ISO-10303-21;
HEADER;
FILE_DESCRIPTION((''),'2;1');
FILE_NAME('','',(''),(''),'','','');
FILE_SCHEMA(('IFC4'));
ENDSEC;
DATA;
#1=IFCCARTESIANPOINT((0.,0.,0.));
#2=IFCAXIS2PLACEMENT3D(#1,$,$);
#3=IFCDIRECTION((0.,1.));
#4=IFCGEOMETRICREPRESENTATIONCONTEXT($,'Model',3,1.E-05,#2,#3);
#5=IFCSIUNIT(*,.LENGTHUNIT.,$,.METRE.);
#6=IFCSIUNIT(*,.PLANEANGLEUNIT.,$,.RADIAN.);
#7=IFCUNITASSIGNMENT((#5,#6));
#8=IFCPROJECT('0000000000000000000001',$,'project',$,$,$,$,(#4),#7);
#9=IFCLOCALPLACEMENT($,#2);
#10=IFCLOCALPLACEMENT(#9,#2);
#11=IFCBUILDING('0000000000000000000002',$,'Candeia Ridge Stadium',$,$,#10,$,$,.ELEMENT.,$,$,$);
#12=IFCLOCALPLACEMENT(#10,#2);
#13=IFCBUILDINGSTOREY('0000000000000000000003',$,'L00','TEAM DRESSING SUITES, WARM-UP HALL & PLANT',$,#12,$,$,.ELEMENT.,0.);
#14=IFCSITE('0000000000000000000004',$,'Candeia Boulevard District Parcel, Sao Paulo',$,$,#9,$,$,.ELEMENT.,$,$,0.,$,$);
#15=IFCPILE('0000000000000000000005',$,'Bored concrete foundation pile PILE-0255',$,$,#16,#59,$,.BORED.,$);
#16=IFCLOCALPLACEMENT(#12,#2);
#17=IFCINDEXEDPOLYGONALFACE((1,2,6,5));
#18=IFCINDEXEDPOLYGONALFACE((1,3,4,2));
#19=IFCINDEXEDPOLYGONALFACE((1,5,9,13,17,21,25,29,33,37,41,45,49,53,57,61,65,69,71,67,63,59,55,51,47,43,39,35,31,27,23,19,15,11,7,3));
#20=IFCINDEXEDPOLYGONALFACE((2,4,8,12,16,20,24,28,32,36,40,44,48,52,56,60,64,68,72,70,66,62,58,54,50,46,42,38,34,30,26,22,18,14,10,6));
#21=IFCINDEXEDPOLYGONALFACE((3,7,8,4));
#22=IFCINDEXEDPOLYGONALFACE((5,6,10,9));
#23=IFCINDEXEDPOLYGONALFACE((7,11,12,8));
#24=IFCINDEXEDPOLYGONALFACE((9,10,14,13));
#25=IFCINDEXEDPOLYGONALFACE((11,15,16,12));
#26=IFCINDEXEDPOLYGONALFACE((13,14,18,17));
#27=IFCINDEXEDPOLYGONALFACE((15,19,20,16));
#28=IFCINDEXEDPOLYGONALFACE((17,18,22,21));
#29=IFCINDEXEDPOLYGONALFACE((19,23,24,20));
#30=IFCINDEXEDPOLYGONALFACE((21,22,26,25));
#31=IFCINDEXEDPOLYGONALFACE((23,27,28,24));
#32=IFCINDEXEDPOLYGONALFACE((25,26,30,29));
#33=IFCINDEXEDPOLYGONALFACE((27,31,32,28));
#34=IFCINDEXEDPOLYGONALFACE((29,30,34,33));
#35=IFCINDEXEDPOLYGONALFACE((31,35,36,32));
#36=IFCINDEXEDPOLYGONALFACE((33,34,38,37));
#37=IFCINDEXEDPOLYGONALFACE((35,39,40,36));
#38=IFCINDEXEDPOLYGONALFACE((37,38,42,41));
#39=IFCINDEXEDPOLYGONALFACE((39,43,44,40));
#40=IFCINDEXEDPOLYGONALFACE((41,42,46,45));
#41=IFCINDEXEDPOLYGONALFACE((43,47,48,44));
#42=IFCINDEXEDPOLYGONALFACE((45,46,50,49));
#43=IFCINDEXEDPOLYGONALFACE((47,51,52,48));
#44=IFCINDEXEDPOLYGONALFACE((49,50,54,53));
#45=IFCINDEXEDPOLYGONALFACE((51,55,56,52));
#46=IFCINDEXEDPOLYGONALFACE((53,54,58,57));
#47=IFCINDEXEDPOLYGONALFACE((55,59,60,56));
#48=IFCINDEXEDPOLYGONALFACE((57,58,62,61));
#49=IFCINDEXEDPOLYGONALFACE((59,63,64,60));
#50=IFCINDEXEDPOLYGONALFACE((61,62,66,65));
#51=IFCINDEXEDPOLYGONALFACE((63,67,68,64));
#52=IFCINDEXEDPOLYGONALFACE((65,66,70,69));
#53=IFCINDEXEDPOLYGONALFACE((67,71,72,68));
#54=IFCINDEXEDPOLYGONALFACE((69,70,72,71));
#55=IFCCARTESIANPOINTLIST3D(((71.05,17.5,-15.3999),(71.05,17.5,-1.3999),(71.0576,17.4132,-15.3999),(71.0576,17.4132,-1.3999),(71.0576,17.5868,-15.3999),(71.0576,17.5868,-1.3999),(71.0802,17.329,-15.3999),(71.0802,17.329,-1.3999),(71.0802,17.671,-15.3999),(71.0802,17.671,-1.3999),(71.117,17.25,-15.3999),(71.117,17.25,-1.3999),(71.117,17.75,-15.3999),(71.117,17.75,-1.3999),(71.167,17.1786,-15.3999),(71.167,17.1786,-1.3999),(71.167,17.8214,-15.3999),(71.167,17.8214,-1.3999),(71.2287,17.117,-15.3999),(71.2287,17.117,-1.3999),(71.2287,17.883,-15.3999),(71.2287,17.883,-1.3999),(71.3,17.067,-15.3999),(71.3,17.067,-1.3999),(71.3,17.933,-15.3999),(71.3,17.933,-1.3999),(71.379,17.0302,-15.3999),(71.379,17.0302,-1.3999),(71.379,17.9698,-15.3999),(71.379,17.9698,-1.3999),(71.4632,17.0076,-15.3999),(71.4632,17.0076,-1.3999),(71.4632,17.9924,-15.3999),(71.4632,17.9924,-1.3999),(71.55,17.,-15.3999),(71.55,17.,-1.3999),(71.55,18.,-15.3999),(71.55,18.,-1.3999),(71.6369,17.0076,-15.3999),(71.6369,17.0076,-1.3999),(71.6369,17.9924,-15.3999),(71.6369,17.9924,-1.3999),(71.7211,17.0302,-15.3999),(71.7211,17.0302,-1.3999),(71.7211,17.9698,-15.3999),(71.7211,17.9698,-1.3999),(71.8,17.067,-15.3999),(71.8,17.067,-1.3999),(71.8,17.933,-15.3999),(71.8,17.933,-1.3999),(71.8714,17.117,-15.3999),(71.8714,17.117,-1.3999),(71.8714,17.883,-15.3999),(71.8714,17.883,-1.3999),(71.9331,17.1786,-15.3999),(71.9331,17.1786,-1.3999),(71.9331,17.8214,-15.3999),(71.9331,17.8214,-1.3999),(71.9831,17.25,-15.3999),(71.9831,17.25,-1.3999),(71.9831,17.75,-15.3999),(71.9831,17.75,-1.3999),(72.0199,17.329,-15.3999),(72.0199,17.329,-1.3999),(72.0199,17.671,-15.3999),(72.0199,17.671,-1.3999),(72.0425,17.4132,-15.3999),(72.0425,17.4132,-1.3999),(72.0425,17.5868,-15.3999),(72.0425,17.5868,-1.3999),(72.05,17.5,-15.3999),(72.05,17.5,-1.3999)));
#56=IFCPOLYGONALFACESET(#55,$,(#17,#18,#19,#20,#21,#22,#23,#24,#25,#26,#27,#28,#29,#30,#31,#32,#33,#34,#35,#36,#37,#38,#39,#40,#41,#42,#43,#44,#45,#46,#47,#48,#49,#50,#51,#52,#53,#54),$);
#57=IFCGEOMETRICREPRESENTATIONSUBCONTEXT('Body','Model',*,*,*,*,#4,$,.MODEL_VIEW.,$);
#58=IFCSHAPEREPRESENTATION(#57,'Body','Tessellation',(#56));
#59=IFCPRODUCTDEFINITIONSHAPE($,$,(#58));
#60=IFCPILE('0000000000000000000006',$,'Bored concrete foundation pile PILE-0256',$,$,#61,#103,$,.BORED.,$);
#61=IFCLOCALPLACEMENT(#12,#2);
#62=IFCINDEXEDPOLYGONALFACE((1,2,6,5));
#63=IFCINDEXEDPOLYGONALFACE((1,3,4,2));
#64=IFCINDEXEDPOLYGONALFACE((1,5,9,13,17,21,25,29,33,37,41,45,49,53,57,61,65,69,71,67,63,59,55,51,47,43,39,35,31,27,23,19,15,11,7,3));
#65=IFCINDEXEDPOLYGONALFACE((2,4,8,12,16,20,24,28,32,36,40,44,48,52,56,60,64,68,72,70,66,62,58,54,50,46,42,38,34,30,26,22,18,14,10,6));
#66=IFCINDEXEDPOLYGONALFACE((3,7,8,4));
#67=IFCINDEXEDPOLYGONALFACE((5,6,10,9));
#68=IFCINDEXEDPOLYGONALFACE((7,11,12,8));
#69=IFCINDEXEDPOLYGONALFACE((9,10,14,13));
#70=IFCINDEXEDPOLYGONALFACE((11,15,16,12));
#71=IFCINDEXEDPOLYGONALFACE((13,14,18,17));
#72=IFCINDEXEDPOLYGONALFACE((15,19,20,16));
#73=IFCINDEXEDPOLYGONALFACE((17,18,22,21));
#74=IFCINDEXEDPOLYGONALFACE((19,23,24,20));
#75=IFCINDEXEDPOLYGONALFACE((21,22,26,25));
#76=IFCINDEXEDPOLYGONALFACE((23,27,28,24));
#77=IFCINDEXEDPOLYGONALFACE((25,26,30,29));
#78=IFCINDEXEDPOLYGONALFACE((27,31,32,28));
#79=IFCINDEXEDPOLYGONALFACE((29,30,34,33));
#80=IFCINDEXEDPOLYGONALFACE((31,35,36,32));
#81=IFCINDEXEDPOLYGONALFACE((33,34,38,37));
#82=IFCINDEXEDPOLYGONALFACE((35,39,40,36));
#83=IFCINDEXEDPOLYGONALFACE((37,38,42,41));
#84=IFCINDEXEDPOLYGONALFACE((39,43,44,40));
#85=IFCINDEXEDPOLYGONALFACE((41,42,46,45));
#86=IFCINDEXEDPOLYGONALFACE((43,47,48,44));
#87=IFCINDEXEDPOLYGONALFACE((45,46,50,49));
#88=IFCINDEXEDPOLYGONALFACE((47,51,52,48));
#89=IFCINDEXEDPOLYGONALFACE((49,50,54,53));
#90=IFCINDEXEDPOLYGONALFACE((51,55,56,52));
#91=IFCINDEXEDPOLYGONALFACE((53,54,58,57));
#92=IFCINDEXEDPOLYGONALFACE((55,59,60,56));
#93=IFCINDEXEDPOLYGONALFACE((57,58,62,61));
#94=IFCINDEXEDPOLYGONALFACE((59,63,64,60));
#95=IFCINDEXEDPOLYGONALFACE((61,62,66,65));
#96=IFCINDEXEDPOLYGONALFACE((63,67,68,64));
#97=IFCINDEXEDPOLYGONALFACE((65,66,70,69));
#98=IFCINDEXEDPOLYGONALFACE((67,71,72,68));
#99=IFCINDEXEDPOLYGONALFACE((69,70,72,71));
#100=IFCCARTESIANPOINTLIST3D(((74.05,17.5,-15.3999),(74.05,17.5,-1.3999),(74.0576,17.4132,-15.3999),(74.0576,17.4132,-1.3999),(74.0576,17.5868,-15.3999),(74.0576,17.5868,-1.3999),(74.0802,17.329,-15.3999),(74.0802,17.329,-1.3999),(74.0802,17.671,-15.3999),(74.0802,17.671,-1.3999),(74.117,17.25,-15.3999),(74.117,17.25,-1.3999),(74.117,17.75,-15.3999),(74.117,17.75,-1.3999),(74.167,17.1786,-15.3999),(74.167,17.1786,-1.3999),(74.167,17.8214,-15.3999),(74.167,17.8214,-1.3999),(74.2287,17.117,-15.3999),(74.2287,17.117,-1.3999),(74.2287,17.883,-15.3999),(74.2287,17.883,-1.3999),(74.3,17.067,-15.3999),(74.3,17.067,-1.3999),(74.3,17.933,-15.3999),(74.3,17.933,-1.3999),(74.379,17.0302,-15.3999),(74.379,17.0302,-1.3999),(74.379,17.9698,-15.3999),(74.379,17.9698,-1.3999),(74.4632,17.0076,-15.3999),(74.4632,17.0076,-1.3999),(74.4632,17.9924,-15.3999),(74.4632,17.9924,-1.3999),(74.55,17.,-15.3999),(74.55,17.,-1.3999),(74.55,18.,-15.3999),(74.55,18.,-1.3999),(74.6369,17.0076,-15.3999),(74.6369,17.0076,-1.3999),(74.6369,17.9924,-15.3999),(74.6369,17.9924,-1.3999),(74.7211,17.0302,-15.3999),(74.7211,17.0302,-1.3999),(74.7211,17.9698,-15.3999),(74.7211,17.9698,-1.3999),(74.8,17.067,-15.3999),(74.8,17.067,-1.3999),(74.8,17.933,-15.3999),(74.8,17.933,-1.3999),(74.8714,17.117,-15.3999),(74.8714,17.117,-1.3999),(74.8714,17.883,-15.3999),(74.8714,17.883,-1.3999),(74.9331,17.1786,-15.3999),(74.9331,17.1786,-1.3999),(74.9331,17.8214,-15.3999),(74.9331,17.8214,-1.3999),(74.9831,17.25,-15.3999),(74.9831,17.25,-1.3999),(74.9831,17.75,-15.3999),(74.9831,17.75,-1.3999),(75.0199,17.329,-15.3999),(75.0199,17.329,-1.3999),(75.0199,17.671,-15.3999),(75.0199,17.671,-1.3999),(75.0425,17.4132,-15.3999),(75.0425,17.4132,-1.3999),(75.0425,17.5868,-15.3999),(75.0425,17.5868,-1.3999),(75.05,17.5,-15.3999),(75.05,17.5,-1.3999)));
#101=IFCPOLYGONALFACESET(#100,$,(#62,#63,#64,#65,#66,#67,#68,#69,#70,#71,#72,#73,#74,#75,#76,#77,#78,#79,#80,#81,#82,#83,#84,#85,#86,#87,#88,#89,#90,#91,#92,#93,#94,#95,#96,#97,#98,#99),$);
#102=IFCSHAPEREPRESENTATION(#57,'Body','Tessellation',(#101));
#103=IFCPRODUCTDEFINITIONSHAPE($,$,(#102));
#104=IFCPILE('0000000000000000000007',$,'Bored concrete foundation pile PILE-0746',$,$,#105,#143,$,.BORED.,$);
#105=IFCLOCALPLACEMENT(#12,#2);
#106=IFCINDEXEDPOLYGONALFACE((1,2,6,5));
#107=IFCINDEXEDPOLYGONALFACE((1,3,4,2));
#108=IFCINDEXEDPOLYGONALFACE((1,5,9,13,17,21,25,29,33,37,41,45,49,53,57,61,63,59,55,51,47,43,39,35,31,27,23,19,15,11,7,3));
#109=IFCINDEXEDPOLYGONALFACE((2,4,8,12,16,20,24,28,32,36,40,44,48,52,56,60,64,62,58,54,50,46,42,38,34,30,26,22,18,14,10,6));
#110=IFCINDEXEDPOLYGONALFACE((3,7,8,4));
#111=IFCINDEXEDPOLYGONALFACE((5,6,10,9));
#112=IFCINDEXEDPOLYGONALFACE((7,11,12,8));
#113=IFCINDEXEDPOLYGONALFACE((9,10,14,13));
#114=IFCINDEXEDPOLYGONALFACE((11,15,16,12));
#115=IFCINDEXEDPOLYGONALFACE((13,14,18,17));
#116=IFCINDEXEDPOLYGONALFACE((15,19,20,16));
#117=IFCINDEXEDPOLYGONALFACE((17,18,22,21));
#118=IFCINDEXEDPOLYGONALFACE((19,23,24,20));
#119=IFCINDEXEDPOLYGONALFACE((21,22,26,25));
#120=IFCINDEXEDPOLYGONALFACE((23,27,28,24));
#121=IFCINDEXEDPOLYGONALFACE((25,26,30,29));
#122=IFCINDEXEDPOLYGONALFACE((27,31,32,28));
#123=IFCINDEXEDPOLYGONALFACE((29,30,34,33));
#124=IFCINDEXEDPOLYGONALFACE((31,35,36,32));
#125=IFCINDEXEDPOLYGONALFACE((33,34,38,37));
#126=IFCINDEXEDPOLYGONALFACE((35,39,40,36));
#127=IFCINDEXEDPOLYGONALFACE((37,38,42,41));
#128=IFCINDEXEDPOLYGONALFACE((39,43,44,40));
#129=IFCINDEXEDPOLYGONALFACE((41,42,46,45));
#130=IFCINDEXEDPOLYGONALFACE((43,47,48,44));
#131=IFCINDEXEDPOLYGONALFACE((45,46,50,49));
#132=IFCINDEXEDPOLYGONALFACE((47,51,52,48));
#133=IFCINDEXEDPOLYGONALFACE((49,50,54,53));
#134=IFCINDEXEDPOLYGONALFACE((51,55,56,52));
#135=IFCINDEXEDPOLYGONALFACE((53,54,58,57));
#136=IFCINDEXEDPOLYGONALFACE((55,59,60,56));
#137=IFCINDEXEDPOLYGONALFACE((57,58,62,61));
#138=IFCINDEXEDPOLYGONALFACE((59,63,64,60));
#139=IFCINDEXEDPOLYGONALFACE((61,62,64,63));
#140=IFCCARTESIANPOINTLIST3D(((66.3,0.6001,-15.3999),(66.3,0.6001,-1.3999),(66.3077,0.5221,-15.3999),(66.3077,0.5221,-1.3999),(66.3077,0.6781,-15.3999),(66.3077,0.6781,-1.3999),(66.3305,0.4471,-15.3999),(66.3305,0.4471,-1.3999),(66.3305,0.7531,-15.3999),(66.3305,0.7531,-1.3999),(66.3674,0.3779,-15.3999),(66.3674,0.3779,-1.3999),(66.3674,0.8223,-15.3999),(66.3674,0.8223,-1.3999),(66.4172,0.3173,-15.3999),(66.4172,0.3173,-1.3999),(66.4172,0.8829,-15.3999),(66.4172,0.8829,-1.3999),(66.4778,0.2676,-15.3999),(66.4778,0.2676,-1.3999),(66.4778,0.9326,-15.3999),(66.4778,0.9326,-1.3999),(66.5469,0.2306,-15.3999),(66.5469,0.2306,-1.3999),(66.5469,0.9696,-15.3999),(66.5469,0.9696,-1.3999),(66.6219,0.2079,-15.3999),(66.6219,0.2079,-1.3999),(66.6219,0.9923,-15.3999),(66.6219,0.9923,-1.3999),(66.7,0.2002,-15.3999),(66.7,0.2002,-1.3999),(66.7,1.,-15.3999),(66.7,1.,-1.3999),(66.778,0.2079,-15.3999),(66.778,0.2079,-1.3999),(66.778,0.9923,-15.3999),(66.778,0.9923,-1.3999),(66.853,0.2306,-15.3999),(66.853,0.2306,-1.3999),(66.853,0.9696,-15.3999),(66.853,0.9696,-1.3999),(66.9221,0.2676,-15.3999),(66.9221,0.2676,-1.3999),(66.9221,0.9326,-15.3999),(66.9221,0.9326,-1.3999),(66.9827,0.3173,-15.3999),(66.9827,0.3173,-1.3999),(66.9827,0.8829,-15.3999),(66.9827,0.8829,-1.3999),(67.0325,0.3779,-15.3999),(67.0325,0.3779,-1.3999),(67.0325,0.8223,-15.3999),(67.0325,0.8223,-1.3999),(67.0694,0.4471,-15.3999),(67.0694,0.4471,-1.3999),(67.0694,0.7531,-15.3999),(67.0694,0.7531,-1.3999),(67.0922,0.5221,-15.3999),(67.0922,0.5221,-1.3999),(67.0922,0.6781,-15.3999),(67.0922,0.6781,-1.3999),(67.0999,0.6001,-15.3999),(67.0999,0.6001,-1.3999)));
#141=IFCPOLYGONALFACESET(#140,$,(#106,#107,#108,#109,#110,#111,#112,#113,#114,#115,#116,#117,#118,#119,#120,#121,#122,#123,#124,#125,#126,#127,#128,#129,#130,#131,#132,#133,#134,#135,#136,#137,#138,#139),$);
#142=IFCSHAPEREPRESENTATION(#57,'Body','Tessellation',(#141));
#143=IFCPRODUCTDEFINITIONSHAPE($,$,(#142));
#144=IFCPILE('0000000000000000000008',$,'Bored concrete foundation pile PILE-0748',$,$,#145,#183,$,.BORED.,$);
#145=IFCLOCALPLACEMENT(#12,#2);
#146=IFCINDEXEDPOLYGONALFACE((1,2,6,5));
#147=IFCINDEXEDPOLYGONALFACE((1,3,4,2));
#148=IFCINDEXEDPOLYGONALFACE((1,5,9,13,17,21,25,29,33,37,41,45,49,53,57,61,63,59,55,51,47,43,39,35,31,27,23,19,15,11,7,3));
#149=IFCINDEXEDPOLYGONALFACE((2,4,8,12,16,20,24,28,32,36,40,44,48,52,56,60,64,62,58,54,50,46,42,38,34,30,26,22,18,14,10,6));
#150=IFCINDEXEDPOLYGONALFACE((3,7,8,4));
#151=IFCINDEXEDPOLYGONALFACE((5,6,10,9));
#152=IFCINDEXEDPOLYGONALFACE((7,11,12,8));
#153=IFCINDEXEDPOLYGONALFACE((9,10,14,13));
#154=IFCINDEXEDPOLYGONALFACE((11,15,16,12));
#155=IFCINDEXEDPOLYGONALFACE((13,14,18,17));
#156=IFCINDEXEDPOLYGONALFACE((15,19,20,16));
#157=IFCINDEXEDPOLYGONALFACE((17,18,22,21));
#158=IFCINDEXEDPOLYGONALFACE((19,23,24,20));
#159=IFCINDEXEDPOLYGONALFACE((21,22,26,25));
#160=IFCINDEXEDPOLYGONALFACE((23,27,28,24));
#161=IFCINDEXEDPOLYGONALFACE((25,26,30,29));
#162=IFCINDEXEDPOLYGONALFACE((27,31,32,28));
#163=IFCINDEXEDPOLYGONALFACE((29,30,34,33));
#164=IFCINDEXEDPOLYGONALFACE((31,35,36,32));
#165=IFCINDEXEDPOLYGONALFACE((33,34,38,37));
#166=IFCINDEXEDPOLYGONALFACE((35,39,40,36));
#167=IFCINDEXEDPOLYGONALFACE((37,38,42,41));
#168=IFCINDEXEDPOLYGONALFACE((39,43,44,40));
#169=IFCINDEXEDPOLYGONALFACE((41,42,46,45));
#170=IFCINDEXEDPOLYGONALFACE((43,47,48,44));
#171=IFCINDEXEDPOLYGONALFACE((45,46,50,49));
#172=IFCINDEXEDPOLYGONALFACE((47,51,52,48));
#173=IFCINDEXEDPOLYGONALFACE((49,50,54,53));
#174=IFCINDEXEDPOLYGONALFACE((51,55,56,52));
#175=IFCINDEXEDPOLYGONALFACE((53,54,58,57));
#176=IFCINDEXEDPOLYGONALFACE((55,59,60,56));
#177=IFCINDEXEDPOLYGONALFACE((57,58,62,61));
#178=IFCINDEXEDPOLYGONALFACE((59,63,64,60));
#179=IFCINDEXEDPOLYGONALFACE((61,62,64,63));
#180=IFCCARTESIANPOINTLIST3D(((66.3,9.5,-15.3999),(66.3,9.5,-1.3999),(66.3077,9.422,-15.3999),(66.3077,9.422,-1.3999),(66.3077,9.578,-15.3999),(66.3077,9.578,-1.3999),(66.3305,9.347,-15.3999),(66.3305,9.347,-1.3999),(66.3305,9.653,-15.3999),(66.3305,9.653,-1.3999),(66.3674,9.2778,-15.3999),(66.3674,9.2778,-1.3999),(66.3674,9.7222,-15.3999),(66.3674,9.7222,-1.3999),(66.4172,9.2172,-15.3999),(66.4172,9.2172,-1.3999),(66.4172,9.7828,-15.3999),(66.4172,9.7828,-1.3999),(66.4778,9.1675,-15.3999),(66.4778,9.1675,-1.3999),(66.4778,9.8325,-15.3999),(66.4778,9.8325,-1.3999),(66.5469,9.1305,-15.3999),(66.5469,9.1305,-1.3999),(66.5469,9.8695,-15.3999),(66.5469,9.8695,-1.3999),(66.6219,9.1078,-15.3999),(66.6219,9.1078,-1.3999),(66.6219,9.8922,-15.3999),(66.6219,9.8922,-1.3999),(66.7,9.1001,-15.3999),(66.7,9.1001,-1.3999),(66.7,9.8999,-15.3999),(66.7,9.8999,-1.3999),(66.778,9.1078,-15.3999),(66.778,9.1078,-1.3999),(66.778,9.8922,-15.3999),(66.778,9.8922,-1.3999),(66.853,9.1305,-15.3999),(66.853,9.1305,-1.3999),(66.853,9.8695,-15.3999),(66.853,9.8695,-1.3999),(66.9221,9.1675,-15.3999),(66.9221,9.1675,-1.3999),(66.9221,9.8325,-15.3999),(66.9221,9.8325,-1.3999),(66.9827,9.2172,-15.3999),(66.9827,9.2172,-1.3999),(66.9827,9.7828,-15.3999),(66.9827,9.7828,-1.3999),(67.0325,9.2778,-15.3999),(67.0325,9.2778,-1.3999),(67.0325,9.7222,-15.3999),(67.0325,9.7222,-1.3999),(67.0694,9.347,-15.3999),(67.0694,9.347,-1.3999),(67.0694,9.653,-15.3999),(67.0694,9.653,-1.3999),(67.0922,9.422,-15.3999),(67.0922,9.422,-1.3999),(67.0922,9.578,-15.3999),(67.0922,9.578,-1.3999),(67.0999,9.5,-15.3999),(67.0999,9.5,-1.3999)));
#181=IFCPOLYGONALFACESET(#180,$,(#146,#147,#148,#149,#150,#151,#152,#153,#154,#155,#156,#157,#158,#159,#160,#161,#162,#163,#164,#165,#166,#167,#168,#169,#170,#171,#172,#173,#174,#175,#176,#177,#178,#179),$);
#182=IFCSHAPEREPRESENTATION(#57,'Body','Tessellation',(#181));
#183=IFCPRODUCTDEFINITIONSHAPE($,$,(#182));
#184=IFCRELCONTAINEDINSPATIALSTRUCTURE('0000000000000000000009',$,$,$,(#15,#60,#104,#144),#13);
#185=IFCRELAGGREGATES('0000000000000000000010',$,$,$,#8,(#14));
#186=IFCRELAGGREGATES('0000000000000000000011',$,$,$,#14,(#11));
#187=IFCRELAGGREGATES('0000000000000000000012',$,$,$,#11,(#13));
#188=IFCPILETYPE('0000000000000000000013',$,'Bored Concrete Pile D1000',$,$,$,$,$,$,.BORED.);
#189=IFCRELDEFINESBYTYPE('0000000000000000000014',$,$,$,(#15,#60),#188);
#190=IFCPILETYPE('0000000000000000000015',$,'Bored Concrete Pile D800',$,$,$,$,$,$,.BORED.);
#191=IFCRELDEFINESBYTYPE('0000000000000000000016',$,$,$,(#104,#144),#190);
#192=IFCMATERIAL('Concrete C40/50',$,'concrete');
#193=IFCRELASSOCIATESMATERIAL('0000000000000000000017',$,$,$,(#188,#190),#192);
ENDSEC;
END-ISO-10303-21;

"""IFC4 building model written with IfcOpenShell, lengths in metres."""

from ifc_helpers import new_model, si_unit, direction, frame, origin, origin_2d, place, context, subcontext, project, spatial, circle, extrude, material, material_profile, profile_set, type_object, element, save


model = new_model("IFC4")

# Units and contexts
model_context = context("Model", 3, precision=1e-05, world=origin(), true_north=direction((0.0, 1.0)))
body_context = subcontext(model_context, "Body", "Model", "MODEL_VIEW")
ifc_project = project(units=[si_unit("LENGTHUNIT", "METRE"), si_unit("PLANEANGLEUNIT", "RADIAN")], contexts=[model_context])

# Site, building, storey
site_placement = place(None, origin())
site = spatial("IfcSite", under=ifc_project, at=site_placement, Name="Candeia Boulevard District Parcel, Sao Paulo", CompositionType="ELEMENT", RefElevation=0.0)
building_placement = place(site_placement, origin())
building = spatial("IfcBuilding", under=site, at=building_placement, Name="Candeia Ridge Stadium", CompositionType="ELEMENT")
storey_placement = place(building_placement, origin())
storey = spatial("IfcBuildingStorey", under=building, at=storey_placement, Name="L00", Description="TEAM DRESSING SUITES, WARM-UP HALL & PLANT", CompositionType="ELEMENT", Elevation=0.0)

# Piles
ifc_material_1 = material(Name="Concrete C40/50", Category="concrete")
ifc_material_profile_1 = material_profile(ifc_material_1, circle(Radius=0.5, at=origin_2d()), Name="PILE-D1000", Category="concrete")
ifc_profile_set_1 = profile_set([ifc_material_profile_1], Name="Concrete C40/50")
pile_type_1 = type_object("IfcPileType", Name="Bored Concrete Pile D1000", PredefinedType="BORED", material=ifc_profile_set_1)
for number, where, z_axis, x_axis, name in (
    (1, (71.55, 17.5, -1.3999), (0.0, 0.0, -1.0), (1.0, 0.0, 0.0), "Bored concrete foundation pile PILE-0255"),
    (2, (74.55, 17.5, -1.3999), (0.0, 0.0, -1.0), (1.0, 0.0, 0.0), "Bored concrete foundation pile PILE-0256"),
):
    element("IfcPile", number, at=place(storey_placement, frame(where, z_axis=z_axis, x_axis=x_axis)), inside=storey, type_object=pile_type_1, Name=name, PredefinedType="BORED", context=body_context, shape_type="SweptSolid", body=[
        extrude(circle(Radius=0.5, at=origin_2d()), origin(), (0.0, 0.0, 1.0), 14.0),
    ])
ifc_material_profile_2 = material_profile(ifc_material_1, circle(Radius=0.3999, at=origin_2d()), Name="PILE-D800", Category="concrete")
ifc_profile_set_2 = profile_set([ifc_material_profile_2], Name="Concrete C40/50")
pile_type_2 = type_object("IfcPileType", Name="Bored Concrete Pile D800", PredefinedType="BORED", material=ifc_profile_set_2)
for number, where, z_axis, x_axis, name in (
    (3, (66.7, 0.6001, -1.3999), (0.0, 0.0, -1.0), (1.0, 0.0, 0.0), "Bored concrete foundation pile PILE-0746"),
    (4, (66.7, 9.5, -1.3999), (0.0, 0.0, -1.0), (1.0, 0.0, 0.0), "Bored concrete foundation pile PILE-0748"),
):
    element("IfcPile", number, at=place(storey_placement, frame(where, z_axis=z_axis, x_axis=x_axis)), inside=storey, type_object=pile_type_2, Name=name, PredefinedType="BORED", context=body_context, shape_type="SweptSolid", body=[
        extrude(circle(Radius=0.3999, at=origin_2d()), origin(), (0.0, 0.0, 1.0), 14.0),
    ])

save(model, "model.ifc")
